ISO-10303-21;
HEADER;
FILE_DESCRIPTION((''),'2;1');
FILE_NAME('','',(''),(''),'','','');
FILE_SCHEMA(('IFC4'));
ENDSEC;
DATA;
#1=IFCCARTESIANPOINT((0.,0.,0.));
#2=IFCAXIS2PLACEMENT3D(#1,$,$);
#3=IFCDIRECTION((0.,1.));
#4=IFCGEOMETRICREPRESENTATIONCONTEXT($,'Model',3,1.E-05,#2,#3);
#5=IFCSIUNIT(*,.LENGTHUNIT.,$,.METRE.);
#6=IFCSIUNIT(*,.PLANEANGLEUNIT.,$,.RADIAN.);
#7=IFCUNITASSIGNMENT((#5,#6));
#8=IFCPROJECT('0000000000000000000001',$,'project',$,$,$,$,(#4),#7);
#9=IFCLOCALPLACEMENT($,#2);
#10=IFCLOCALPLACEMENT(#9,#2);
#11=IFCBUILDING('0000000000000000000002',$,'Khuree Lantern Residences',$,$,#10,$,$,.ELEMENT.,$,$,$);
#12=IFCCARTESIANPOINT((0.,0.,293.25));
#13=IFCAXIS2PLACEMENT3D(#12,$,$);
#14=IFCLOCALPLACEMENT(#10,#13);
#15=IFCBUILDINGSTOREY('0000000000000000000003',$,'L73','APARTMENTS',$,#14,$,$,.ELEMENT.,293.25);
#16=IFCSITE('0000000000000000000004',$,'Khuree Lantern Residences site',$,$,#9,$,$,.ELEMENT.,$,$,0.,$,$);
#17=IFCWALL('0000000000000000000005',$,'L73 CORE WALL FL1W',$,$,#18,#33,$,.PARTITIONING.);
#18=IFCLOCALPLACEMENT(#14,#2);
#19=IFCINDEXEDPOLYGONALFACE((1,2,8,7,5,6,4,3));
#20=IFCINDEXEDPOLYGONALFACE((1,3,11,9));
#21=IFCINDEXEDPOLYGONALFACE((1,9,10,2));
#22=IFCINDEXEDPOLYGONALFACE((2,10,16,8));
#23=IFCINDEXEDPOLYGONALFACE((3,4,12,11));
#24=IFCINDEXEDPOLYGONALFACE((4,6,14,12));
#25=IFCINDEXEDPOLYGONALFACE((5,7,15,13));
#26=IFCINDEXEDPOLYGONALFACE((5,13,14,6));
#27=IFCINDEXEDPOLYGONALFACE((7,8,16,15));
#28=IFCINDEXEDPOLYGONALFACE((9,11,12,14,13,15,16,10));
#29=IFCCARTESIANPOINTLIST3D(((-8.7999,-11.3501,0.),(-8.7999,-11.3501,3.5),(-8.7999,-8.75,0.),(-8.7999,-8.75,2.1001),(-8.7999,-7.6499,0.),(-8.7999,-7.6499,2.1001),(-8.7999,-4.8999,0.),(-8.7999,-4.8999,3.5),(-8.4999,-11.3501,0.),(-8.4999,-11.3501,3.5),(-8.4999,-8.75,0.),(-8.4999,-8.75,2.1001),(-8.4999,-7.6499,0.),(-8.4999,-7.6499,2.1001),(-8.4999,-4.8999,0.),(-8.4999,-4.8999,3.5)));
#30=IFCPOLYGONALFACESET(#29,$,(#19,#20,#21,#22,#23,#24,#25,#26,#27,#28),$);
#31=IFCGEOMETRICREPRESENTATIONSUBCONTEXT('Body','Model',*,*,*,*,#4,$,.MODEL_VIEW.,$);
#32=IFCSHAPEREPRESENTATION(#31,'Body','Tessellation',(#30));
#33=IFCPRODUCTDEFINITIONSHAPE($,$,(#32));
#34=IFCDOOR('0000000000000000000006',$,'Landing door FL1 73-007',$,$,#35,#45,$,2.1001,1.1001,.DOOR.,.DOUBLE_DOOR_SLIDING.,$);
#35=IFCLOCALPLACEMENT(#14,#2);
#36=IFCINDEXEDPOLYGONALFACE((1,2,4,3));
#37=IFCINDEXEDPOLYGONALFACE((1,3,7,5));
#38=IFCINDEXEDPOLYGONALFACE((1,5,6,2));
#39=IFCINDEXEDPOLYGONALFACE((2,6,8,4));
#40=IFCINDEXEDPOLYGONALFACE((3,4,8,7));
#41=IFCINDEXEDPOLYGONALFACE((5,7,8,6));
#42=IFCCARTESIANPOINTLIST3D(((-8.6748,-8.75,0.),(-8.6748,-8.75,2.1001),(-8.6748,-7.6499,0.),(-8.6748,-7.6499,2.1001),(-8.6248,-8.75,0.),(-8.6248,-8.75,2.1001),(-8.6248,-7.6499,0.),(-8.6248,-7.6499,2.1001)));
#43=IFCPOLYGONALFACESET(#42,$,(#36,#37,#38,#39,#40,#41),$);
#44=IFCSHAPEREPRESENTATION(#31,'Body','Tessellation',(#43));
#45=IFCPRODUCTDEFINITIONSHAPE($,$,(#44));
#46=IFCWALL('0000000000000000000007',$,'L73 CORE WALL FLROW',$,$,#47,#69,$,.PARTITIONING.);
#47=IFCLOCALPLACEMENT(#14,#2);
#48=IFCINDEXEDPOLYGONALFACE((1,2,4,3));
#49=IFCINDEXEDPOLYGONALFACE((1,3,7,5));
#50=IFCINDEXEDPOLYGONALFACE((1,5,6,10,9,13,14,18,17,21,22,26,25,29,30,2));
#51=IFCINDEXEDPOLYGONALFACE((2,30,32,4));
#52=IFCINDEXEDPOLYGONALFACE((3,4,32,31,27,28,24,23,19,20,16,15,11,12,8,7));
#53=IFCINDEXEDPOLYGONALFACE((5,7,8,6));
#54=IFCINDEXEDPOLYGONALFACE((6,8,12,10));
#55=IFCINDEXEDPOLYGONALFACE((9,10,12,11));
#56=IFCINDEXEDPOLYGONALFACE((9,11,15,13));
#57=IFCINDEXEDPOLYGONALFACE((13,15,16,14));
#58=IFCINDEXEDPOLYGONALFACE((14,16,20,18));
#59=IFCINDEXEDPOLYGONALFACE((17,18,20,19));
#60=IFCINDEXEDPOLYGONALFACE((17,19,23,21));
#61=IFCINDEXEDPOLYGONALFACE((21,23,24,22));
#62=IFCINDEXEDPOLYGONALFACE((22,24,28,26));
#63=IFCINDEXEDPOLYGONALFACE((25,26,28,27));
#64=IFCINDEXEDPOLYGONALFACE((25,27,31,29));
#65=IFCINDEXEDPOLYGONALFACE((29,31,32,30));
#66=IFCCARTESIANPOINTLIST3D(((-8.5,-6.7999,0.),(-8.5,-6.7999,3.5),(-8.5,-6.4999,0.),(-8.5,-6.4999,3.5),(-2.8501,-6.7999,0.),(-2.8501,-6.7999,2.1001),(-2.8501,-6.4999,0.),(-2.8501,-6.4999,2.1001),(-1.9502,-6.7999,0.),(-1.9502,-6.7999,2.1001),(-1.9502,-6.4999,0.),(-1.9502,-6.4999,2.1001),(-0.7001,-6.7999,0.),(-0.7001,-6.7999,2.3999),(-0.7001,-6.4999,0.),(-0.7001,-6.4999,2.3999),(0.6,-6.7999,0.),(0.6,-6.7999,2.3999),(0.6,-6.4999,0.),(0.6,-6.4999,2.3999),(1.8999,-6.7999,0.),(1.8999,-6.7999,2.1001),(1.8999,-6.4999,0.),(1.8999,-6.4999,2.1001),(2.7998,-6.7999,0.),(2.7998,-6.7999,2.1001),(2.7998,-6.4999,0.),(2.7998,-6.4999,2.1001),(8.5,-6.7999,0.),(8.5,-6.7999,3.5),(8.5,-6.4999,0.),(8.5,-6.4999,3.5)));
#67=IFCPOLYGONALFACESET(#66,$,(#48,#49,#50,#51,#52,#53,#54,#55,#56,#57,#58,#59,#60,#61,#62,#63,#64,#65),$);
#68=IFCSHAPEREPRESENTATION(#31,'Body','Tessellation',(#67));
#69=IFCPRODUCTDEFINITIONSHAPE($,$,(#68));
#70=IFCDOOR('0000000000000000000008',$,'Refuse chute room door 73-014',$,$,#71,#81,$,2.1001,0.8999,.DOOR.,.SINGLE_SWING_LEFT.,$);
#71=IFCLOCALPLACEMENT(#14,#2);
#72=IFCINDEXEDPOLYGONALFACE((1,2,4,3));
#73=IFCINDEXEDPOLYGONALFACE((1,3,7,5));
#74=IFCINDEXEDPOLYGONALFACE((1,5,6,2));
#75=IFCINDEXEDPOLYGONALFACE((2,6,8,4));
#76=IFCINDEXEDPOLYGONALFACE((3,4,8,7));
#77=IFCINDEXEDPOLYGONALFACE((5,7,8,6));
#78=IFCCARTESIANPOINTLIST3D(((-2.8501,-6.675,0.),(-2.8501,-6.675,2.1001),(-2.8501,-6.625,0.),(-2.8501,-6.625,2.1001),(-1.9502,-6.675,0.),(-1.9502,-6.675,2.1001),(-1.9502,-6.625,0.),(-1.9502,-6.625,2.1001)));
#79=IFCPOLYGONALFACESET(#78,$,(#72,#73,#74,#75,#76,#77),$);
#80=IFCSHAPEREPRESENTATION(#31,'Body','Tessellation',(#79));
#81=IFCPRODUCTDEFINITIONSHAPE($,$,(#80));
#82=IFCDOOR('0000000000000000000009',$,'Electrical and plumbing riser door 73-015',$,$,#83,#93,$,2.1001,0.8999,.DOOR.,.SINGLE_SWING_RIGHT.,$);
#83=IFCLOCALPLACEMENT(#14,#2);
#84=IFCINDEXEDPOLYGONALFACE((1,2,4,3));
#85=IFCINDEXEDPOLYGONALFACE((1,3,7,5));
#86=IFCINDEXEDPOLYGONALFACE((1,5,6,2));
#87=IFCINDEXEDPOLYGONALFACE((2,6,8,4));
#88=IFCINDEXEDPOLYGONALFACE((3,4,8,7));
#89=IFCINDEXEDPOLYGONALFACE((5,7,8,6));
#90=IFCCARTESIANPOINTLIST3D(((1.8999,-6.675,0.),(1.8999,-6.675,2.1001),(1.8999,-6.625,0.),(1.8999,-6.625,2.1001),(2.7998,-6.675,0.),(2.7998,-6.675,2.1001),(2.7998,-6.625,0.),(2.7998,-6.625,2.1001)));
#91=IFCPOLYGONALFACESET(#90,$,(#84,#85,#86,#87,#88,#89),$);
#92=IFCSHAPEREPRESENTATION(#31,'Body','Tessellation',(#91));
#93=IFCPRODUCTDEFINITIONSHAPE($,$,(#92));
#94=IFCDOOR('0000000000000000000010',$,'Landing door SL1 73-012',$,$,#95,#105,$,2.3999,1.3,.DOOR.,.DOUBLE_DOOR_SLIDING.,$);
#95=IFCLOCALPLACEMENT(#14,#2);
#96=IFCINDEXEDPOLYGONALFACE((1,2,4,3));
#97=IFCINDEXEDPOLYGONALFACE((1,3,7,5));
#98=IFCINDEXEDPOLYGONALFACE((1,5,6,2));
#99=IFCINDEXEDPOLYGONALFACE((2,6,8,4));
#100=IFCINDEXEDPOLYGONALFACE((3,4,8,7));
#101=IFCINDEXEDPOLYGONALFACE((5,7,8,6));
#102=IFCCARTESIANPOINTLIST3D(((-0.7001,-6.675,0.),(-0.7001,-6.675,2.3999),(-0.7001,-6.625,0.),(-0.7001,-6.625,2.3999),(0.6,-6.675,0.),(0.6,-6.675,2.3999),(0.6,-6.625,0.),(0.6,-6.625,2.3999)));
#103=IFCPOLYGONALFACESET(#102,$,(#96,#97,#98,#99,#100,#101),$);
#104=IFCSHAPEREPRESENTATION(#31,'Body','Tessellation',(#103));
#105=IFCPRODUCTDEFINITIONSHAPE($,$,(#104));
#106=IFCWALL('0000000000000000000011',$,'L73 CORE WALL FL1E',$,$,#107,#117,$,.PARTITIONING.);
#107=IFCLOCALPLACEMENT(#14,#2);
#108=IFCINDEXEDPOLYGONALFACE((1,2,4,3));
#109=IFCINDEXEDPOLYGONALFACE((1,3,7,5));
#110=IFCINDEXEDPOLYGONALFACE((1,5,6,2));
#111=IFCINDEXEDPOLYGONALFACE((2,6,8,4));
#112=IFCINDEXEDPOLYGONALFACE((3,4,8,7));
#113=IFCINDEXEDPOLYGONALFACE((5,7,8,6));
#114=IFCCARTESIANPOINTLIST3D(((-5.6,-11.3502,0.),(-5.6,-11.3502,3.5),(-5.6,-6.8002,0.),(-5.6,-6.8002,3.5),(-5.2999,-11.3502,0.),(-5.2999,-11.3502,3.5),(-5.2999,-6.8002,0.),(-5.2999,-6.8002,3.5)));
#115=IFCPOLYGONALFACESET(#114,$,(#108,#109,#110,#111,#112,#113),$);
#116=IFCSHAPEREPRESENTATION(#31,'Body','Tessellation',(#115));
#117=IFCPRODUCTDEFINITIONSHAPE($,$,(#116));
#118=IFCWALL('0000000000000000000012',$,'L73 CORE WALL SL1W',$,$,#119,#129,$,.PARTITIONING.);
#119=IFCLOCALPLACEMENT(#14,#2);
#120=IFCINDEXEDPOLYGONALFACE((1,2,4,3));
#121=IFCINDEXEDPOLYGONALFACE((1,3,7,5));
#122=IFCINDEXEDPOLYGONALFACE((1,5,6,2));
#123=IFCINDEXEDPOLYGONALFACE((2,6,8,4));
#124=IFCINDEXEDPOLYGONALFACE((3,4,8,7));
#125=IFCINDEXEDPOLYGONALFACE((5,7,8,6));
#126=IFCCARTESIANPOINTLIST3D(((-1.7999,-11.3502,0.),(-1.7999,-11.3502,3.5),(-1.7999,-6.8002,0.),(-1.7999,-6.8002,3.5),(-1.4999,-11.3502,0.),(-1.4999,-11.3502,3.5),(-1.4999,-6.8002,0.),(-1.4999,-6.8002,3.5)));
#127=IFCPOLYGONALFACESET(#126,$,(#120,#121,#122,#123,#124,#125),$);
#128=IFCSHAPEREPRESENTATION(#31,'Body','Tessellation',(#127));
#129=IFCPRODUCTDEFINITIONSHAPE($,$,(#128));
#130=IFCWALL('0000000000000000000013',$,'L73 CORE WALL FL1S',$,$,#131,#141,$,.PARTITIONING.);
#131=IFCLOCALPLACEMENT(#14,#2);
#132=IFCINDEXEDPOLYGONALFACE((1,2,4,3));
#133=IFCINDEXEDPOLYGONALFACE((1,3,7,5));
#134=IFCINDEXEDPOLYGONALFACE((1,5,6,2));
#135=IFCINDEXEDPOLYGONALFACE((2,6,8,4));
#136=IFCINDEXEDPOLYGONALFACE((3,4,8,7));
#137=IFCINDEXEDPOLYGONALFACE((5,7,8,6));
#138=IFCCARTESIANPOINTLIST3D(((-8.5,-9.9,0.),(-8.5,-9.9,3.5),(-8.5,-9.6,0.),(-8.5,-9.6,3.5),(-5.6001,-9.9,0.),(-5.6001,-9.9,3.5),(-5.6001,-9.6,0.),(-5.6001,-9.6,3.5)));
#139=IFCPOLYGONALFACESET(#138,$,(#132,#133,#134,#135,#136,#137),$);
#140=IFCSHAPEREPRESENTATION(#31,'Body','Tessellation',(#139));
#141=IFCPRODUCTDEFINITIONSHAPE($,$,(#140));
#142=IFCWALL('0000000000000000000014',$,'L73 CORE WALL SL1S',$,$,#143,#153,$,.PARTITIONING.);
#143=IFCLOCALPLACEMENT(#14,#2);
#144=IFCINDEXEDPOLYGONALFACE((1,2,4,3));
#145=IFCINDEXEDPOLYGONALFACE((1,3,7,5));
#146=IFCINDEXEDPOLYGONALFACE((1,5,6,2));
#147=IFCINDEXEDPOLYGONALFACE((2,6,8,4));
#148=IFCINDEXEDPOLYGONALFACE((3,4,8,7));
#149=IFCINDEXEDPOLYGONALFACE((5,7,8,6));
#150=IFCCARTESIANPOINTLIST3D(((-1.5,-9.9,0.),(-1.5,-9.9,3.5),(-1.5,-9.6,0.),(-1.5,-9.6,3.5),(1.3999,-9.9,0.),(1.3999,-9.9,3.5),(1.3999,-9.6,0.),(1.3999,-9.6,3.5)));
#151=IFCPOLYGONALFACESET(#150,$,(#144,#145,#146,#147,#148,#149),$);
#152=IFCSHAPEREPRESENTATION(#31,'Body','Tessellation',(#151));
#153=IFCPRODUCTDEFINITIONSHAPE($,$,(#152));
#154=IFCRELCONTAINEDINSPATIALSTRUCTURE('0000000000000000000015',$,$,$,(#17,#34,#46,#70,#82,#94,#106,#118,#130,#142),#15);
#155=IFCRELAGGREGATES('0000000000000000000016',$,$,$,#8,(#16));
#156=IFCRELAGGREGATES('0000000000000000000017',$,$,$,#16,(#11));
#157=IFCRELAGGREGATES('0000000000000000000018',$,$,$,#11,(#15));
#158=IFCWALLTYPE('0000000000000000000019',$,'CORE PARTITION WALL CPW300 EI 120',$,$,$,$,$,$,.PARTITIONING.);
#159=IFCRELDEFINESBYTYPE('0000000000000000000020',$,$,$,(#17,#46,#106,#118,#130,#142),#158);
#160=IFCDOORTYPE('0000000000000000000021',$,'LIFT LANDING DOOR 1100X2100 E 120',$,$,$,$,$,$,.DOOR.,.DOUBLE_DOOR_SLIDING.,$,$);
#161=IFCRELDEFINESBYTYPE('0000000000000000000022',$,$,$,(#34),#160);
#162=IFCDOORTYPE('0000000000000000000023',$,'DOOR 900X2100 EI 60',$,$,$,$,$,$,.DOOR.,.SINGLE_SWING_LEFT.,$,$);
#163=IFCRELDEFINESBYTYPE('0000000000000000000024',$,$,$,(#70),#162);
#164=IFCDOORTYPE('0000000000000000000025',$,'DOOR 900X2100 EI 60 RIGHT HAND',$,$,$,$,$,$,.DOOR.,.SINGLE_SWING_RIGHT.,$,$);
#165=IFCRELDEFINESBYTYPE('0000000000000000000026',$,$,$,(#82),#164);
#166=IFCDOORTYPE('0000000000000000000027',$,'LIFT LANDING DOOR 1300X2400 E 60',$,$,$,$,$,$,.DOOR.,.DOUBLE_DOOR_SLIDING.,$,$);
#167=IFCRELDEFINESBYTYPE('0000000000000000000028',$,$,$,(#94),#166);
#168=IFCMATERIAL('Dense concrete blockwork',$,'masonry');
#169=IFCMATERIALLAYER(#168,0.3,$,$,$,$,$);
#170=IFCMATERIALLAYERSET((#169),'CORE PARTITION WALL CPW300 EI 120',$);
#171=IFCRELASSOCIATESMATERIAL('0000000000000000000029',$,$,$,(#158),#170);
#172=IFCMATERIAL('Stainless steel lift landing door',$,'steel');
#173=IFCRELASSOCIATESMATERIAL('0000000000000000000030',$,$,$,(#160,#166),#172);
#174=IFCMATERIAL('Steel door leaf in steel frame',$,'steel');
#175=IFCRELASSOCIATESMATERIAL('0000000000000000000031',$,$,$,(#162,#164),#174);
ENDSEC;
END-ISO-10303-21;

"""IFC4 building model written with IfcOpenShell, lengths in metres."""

from ifc_helpers import new_model, si_unit, direction, frame, frame_2d, origin, place, context, subcontext, project, spatial, rectangle, extrude, material, layer, layer_set, type_object, element, fill, save


model = new_model("IFC4")

# Units and contexts
model_context = context("Model", 3, precision=1e-05, world=origin(), true_north=direction((0.0, 1.0)))
body_context = subcontext(model_context, "Body", "Model", "MODEL_VIEW")
ifc_project = project(units=[si_unit("LENGTHUNIT", "METRE"), si_unit("PLANEANGLEUNIT", "RADIAN")], contexts=[model_context])

# Site, building, storey
site_placement = place(None, origin())
site = spatial("IfcSite", under=ifc_project, at=site_placement, Name="Khuree Lantern Residences site", CompositionType="ELEMENT", RefElevation=0.0)
building_placement = place(site_placement, origin())
building = spatial("IfcBuilding", under=site, at=building_placement, Name="Khuree Lantern Residences", CompositionType="ELEMENT")
storey_placement = place(building_placement, frame((0.0, 0.0, 293.25)))
storey = spatial("IfcBuildingStorey", under=building, at=storey_placement, Name="L73", Description="APARTMENTS", CompositionType="ELEMENT", Elevation=293.25)

# Wall, opening, door
ifc_material_1 = material(Name="Dense concrete blockwork", Category="masonry")
ifc_layer_1 = layer(ifc_material_1, 0.3)
ifc_layer_set_1 = layer_set([ifc_layer_1], Name="CORE PARTITION WALL CPW300 EI 120")
wall_type_1 = type_object("IfcWallType", Name="CORE PARTITION WALL CPW300 EI 120", PredefinedType="PARTITIONING", material=ifc_layer_set_1)
wall_1_placement = place(storey_placement, frame((-8.6499, -11.3501, 0.0), z_axis=(0.0, 0.0, 1.0), x_axis=(0.0, 1.0, 0.0)))
wall_1 = element("IfcWall", 1, at=wall_1_placement, inside=storey, type_object=wall_type_1, Name="L73 CORE WALL FL1W", PredefinedType="PARTITIONING", context=body_context, shape_type="SweptSolid", body=[
    extrude(rectangle(XDim=6.4502, YDim=0.3, at=frame_2d((3.2251, 0.0))), origin(), (0.0, 0.0, 1.0), 3.5),
])
opening_1_placement = place(wall_1_placement, frame((2.6001, 0.0, 0.0)))
opening_1 = element("IfcOpeningElement", 2, at=opening_1_placement, cuts=wall_1, PredefinedType="OPENING", context=body_context, shape_type="SweptSolid", body=[
    extrude(rectangle(XDim=1.1001, YDim=2.1001, at=frame_2d((0.55, 1.05))), frame((0.0, 0.1602, 0.0), z_axis=(0.0, -1.0, 0.0), x_axis=(1.0, 0.0, 0.0)), (0.0, 0.0, 1.0), 0.3201),
])
ifc_material_2 = material(Name="Stainless steel lift landing door", Category="steel")
door_type_1 = type_object("IfcDoorType", Name="LIFT LANDING DOOR 1100X2100 E 120", OperationType="DOUBLE_DOOR_SLIDING", PredefinedType="DOOR", material=ifc_material_2)
door_1_placement = place(opening_1_placement, origin())
door_1 = element("IfcDoor", 3, at=door_1_placement, inside=storey, type_object=door_type_1, Name="Landing door FL1 73-007", OperationType="DOUBLE_DOOR_SLIDING", OverallHeight=2.1001, OverallWidth=1.1001, PredefinedType="DOOR", context=body_context, shape_type="SweptSolid", body=[
    extrude(rectangle(XDim=1.1001, YDim=2.1001, at=frame_2d((0.55, 1.05))), frame((0.0, 0.0249, 0.0), z_axis=(0.0, -1.0, 0.0), x_axis=(1.0, 0.0, 0.0)), (0.0, 0.0, 1.0), 0.05),
])
fill(opening_1, door_1)

# Wall, openings, doors
wall_2_placement = place(storey_placement, frame((-8.5, -6.6499, 0.0), z_axis=(0.0, 0.0, 1.0), x_axis=(1.0, 0.0, 0.0)))
wall_2 = element("IfcWall", 4, at=wall_2_placement, inside=storey, type_object=wall_type_1, Name="L73 CORE WALL FLROW", PredefinedType="PARTITIONING", context=body_context, shape_type="SweptSolid", body=[
    extrude(rectangle(XDim=17.0, YDim=0.3, at=frame_2d((8.5, 0.0))), origin(), (0.0, 0.0, 1.0), 3.5),
])
opening_2_placement = place(wall_2_placement, frame((7.8, 0.0, 0.0)))
opening_2 = element("IfcOpeningElement", 5, at=opening_2_placement, cuts=wall_2, PredefinedType="OPENING", context=body_context, shape_type="SweptSolid", body=[
    extrude(rectangle(XDim=1.3, YDim=2.3999, at=frame_2d((0.6499, 1.2))), frame((0.0, 0.1602, 0.0), z_axis=(0.0, -1.0, 0.0), x_axis=(1.0, 0.0, 0.0)), (0.0, 0.0, 1.0), 0.3201),
])
opening_3_placement = place(wall_2_placement, frame((5.6499, 0.0, 0.0)))
opening_3 = element("IfcOpeningElement", 6, at=opening_3_placement, cuts=wall_2, PredefinedType="OPENING", context=body_context, shape_type="SweptSolid", body=[
    extrude(rectangle(XDim=0.8999, YDim=2.1001, at=frame_2d((0.45, 1.05))), frame((0.0, 0.1602, 0.0), z_axis=(0.0, -1.0, 0.0), x_axis=(1.0, 0.0, 0.0)), (0.0, 0.0, 1.0), 0.3201),
])
opening_4_placement = place(wall_2_placement, frame((10.3999, 0.0, 0.0)))
opening_4 = element("IfcOpeningElement", 7, at=opening_4_placement, cuts=wall_2, PredefinedType="OPENING", context=body_context, shape_type="SweptSolid", body=[
    extrude(rectangle(XDim=0.8999, YDim=2.1001, at=frame_2d((0.45, 1.05))), frame((0.0, 0.1602, 0.0), z_axis=(0.0, -1.0, 0.0), x_axis=(1.0, 0.0, 0.0)), (0.0, 0.0, 1.0), 0.3201),
])
ifc_material_3 = material(Name="Steel door leaf in steel frame", Category="steel")
door_type_2 = type_object("IfcDoorType", Name="DOOR 900X2100 EI 60", OperationType="SINGLE_SWING_LEFT", PredefinedType="DOOR", material=ifc_material_3)
door_2_placement = place(opening_3_placement, origin())
door_2 = element("IfcDoor", 8, at=door_2_placement, inside=storey, type_object=door_type_2, Name="Refuse chute room door 73-014", OperationType="SINGLE_SWING_LEFT", OverallHeight=2.1001, OverallWidth=0.8999, PredefinedType="DOOR", context=body_context, shape_type="SweptSolid", body=[
    extrude(rectangle(XDim=0.8999, YDim=2.1001, at=frame_2d((0.45, 1.05))), frame((0.0, 0.0249, 0.0), z_axis=(0.0, -1.0, 0.0), x_axis=(1.0, 0.0, 0.0)), (0.0, 0.0, 1.0), 0.05),
])
fill(opening_3, door_2)
door_type_3 = type_object("IfcDoorType", Name="DOOR 900X2100 EI 60 RIGHT HAND", OperationType="SINGLE_SWING_RIGHT", PredefinedType="DOOR", material=ifc_material_3)
door_3_placement = place(opening_4_placement, origin())
door_3 = element("IfcDoor", 9, at=door_3_placement, inside=storey, type_object=door_type_3, Name="Electrical and plumbing riser door 73-015", OperationType="SINGLE_SWING_RIGHT", OverallHeight=2.1001, OverallWidth=0.8999, PredefinedType="DOOR", context=body_context, shape_type="SweptSolid", body=[
    extrude(rectangle(XDim=0.8999, YDim=2.1001, at=frame_2d((0.45, 1.05))), frame((0.0, 0.0249, 0.0), z_axis=(0.0, -1.0, 0.0), x_axis=(1.0, 0.0, 0.0)), (0.0, 0.0, 1.0), 0.05),
])
fill(opening_4, door_3)
door_type_4 = type_object("IfcDoorType", Name="LIFT LANDING DOOR 1300X2400 E 60", OperationType="DOUBLE_DOOR_SLIDING", PredefinedType="DOOR", material=ifc_material_2)
door_4_placement = place(opening_2_placement, origin())
door_4 = element("IfcDoor", 10, at=door_4_placement, inside=storey, type_object=door_type_4, Name="Landing door SL1 73-012", OperationType="DOUBLE_DOOR_SLIDING", OverallHeight=2.3999, OverallWidth=1.3, PredefinedType="DOOR", context=body_context, shape_type="SweptSolid", body=[
    extrude(rectangle(XDim=1.3, YDim=2.3999, at=frame_2d((0.6499, 1.2))), frame((0.0, 0.0249, 0.0), z_axis=(0.0, -1.0, 0.0), x_axis=(1.0, 0.0, 0.0)), (0.0, 0.0, 1.0), 0.05),
])
fill(opening_2, door_4)

# Walls
for number, where, z_axis, x_axis, name in (
    (11, (-5.45, -11.3501, 0.0), (0.0, 0.0, 1.0), (0.0, 1.0, 0.0), "L73 CORE WALL FL1E"),
    (12, (-1.6499, -11.3501, 0.0), (0.0, 0.0, 1.0), (0.0, 1.0, 0.0), "L73 CORE WALL SL1W"),
):
    element("IfcWall", number, at=place(storey_placement, frame(where, z_axis=z_axis, x_axis=x_axis)), inside=storey, type_object=wall_type_1, Name=name, PredefinedType="PARTITIONING", context=body_context, shape_type="SweptSolid", body=[
        extrude(rectangle(XDim=4.55, YDim=0.3, at=frame_2d((2.2749, 0.0))), origin(), (0.0, 0.0, 1.0), 3.5),
    ])
for number, where, z_axis, x_axis, name in (
    (13, (-8.5, -9.75, 0.0), (0.0, 0.0, 1.0), (1.0, 0.0, 0.0), "L73 CORE WALL FL1S"),
    (14, (-1.5, -9.75, 0.0), (0.0, 0.0, 1.0), (1.0, 0.0, 0.0), "L73 CORE WALL SL1S"),
):
    element("IfcWall", number, at=place(storey_placement, frame(where, z_axis=z_axis, x_axis=x_axis)), inside=storey, type_object=wall_type_1, Name=name, PredefinedType="PARTITIONING", context=body_context, shape_type="SweptSolid", body=[
        extrude(rectangle(XDim=2.8999, YDim=0.3, at=frame_2d((1.45, 0.0))), origin(), (0.0, 0.0, 1.0), 3.5),
    ])

save(model, "model.ifc")
